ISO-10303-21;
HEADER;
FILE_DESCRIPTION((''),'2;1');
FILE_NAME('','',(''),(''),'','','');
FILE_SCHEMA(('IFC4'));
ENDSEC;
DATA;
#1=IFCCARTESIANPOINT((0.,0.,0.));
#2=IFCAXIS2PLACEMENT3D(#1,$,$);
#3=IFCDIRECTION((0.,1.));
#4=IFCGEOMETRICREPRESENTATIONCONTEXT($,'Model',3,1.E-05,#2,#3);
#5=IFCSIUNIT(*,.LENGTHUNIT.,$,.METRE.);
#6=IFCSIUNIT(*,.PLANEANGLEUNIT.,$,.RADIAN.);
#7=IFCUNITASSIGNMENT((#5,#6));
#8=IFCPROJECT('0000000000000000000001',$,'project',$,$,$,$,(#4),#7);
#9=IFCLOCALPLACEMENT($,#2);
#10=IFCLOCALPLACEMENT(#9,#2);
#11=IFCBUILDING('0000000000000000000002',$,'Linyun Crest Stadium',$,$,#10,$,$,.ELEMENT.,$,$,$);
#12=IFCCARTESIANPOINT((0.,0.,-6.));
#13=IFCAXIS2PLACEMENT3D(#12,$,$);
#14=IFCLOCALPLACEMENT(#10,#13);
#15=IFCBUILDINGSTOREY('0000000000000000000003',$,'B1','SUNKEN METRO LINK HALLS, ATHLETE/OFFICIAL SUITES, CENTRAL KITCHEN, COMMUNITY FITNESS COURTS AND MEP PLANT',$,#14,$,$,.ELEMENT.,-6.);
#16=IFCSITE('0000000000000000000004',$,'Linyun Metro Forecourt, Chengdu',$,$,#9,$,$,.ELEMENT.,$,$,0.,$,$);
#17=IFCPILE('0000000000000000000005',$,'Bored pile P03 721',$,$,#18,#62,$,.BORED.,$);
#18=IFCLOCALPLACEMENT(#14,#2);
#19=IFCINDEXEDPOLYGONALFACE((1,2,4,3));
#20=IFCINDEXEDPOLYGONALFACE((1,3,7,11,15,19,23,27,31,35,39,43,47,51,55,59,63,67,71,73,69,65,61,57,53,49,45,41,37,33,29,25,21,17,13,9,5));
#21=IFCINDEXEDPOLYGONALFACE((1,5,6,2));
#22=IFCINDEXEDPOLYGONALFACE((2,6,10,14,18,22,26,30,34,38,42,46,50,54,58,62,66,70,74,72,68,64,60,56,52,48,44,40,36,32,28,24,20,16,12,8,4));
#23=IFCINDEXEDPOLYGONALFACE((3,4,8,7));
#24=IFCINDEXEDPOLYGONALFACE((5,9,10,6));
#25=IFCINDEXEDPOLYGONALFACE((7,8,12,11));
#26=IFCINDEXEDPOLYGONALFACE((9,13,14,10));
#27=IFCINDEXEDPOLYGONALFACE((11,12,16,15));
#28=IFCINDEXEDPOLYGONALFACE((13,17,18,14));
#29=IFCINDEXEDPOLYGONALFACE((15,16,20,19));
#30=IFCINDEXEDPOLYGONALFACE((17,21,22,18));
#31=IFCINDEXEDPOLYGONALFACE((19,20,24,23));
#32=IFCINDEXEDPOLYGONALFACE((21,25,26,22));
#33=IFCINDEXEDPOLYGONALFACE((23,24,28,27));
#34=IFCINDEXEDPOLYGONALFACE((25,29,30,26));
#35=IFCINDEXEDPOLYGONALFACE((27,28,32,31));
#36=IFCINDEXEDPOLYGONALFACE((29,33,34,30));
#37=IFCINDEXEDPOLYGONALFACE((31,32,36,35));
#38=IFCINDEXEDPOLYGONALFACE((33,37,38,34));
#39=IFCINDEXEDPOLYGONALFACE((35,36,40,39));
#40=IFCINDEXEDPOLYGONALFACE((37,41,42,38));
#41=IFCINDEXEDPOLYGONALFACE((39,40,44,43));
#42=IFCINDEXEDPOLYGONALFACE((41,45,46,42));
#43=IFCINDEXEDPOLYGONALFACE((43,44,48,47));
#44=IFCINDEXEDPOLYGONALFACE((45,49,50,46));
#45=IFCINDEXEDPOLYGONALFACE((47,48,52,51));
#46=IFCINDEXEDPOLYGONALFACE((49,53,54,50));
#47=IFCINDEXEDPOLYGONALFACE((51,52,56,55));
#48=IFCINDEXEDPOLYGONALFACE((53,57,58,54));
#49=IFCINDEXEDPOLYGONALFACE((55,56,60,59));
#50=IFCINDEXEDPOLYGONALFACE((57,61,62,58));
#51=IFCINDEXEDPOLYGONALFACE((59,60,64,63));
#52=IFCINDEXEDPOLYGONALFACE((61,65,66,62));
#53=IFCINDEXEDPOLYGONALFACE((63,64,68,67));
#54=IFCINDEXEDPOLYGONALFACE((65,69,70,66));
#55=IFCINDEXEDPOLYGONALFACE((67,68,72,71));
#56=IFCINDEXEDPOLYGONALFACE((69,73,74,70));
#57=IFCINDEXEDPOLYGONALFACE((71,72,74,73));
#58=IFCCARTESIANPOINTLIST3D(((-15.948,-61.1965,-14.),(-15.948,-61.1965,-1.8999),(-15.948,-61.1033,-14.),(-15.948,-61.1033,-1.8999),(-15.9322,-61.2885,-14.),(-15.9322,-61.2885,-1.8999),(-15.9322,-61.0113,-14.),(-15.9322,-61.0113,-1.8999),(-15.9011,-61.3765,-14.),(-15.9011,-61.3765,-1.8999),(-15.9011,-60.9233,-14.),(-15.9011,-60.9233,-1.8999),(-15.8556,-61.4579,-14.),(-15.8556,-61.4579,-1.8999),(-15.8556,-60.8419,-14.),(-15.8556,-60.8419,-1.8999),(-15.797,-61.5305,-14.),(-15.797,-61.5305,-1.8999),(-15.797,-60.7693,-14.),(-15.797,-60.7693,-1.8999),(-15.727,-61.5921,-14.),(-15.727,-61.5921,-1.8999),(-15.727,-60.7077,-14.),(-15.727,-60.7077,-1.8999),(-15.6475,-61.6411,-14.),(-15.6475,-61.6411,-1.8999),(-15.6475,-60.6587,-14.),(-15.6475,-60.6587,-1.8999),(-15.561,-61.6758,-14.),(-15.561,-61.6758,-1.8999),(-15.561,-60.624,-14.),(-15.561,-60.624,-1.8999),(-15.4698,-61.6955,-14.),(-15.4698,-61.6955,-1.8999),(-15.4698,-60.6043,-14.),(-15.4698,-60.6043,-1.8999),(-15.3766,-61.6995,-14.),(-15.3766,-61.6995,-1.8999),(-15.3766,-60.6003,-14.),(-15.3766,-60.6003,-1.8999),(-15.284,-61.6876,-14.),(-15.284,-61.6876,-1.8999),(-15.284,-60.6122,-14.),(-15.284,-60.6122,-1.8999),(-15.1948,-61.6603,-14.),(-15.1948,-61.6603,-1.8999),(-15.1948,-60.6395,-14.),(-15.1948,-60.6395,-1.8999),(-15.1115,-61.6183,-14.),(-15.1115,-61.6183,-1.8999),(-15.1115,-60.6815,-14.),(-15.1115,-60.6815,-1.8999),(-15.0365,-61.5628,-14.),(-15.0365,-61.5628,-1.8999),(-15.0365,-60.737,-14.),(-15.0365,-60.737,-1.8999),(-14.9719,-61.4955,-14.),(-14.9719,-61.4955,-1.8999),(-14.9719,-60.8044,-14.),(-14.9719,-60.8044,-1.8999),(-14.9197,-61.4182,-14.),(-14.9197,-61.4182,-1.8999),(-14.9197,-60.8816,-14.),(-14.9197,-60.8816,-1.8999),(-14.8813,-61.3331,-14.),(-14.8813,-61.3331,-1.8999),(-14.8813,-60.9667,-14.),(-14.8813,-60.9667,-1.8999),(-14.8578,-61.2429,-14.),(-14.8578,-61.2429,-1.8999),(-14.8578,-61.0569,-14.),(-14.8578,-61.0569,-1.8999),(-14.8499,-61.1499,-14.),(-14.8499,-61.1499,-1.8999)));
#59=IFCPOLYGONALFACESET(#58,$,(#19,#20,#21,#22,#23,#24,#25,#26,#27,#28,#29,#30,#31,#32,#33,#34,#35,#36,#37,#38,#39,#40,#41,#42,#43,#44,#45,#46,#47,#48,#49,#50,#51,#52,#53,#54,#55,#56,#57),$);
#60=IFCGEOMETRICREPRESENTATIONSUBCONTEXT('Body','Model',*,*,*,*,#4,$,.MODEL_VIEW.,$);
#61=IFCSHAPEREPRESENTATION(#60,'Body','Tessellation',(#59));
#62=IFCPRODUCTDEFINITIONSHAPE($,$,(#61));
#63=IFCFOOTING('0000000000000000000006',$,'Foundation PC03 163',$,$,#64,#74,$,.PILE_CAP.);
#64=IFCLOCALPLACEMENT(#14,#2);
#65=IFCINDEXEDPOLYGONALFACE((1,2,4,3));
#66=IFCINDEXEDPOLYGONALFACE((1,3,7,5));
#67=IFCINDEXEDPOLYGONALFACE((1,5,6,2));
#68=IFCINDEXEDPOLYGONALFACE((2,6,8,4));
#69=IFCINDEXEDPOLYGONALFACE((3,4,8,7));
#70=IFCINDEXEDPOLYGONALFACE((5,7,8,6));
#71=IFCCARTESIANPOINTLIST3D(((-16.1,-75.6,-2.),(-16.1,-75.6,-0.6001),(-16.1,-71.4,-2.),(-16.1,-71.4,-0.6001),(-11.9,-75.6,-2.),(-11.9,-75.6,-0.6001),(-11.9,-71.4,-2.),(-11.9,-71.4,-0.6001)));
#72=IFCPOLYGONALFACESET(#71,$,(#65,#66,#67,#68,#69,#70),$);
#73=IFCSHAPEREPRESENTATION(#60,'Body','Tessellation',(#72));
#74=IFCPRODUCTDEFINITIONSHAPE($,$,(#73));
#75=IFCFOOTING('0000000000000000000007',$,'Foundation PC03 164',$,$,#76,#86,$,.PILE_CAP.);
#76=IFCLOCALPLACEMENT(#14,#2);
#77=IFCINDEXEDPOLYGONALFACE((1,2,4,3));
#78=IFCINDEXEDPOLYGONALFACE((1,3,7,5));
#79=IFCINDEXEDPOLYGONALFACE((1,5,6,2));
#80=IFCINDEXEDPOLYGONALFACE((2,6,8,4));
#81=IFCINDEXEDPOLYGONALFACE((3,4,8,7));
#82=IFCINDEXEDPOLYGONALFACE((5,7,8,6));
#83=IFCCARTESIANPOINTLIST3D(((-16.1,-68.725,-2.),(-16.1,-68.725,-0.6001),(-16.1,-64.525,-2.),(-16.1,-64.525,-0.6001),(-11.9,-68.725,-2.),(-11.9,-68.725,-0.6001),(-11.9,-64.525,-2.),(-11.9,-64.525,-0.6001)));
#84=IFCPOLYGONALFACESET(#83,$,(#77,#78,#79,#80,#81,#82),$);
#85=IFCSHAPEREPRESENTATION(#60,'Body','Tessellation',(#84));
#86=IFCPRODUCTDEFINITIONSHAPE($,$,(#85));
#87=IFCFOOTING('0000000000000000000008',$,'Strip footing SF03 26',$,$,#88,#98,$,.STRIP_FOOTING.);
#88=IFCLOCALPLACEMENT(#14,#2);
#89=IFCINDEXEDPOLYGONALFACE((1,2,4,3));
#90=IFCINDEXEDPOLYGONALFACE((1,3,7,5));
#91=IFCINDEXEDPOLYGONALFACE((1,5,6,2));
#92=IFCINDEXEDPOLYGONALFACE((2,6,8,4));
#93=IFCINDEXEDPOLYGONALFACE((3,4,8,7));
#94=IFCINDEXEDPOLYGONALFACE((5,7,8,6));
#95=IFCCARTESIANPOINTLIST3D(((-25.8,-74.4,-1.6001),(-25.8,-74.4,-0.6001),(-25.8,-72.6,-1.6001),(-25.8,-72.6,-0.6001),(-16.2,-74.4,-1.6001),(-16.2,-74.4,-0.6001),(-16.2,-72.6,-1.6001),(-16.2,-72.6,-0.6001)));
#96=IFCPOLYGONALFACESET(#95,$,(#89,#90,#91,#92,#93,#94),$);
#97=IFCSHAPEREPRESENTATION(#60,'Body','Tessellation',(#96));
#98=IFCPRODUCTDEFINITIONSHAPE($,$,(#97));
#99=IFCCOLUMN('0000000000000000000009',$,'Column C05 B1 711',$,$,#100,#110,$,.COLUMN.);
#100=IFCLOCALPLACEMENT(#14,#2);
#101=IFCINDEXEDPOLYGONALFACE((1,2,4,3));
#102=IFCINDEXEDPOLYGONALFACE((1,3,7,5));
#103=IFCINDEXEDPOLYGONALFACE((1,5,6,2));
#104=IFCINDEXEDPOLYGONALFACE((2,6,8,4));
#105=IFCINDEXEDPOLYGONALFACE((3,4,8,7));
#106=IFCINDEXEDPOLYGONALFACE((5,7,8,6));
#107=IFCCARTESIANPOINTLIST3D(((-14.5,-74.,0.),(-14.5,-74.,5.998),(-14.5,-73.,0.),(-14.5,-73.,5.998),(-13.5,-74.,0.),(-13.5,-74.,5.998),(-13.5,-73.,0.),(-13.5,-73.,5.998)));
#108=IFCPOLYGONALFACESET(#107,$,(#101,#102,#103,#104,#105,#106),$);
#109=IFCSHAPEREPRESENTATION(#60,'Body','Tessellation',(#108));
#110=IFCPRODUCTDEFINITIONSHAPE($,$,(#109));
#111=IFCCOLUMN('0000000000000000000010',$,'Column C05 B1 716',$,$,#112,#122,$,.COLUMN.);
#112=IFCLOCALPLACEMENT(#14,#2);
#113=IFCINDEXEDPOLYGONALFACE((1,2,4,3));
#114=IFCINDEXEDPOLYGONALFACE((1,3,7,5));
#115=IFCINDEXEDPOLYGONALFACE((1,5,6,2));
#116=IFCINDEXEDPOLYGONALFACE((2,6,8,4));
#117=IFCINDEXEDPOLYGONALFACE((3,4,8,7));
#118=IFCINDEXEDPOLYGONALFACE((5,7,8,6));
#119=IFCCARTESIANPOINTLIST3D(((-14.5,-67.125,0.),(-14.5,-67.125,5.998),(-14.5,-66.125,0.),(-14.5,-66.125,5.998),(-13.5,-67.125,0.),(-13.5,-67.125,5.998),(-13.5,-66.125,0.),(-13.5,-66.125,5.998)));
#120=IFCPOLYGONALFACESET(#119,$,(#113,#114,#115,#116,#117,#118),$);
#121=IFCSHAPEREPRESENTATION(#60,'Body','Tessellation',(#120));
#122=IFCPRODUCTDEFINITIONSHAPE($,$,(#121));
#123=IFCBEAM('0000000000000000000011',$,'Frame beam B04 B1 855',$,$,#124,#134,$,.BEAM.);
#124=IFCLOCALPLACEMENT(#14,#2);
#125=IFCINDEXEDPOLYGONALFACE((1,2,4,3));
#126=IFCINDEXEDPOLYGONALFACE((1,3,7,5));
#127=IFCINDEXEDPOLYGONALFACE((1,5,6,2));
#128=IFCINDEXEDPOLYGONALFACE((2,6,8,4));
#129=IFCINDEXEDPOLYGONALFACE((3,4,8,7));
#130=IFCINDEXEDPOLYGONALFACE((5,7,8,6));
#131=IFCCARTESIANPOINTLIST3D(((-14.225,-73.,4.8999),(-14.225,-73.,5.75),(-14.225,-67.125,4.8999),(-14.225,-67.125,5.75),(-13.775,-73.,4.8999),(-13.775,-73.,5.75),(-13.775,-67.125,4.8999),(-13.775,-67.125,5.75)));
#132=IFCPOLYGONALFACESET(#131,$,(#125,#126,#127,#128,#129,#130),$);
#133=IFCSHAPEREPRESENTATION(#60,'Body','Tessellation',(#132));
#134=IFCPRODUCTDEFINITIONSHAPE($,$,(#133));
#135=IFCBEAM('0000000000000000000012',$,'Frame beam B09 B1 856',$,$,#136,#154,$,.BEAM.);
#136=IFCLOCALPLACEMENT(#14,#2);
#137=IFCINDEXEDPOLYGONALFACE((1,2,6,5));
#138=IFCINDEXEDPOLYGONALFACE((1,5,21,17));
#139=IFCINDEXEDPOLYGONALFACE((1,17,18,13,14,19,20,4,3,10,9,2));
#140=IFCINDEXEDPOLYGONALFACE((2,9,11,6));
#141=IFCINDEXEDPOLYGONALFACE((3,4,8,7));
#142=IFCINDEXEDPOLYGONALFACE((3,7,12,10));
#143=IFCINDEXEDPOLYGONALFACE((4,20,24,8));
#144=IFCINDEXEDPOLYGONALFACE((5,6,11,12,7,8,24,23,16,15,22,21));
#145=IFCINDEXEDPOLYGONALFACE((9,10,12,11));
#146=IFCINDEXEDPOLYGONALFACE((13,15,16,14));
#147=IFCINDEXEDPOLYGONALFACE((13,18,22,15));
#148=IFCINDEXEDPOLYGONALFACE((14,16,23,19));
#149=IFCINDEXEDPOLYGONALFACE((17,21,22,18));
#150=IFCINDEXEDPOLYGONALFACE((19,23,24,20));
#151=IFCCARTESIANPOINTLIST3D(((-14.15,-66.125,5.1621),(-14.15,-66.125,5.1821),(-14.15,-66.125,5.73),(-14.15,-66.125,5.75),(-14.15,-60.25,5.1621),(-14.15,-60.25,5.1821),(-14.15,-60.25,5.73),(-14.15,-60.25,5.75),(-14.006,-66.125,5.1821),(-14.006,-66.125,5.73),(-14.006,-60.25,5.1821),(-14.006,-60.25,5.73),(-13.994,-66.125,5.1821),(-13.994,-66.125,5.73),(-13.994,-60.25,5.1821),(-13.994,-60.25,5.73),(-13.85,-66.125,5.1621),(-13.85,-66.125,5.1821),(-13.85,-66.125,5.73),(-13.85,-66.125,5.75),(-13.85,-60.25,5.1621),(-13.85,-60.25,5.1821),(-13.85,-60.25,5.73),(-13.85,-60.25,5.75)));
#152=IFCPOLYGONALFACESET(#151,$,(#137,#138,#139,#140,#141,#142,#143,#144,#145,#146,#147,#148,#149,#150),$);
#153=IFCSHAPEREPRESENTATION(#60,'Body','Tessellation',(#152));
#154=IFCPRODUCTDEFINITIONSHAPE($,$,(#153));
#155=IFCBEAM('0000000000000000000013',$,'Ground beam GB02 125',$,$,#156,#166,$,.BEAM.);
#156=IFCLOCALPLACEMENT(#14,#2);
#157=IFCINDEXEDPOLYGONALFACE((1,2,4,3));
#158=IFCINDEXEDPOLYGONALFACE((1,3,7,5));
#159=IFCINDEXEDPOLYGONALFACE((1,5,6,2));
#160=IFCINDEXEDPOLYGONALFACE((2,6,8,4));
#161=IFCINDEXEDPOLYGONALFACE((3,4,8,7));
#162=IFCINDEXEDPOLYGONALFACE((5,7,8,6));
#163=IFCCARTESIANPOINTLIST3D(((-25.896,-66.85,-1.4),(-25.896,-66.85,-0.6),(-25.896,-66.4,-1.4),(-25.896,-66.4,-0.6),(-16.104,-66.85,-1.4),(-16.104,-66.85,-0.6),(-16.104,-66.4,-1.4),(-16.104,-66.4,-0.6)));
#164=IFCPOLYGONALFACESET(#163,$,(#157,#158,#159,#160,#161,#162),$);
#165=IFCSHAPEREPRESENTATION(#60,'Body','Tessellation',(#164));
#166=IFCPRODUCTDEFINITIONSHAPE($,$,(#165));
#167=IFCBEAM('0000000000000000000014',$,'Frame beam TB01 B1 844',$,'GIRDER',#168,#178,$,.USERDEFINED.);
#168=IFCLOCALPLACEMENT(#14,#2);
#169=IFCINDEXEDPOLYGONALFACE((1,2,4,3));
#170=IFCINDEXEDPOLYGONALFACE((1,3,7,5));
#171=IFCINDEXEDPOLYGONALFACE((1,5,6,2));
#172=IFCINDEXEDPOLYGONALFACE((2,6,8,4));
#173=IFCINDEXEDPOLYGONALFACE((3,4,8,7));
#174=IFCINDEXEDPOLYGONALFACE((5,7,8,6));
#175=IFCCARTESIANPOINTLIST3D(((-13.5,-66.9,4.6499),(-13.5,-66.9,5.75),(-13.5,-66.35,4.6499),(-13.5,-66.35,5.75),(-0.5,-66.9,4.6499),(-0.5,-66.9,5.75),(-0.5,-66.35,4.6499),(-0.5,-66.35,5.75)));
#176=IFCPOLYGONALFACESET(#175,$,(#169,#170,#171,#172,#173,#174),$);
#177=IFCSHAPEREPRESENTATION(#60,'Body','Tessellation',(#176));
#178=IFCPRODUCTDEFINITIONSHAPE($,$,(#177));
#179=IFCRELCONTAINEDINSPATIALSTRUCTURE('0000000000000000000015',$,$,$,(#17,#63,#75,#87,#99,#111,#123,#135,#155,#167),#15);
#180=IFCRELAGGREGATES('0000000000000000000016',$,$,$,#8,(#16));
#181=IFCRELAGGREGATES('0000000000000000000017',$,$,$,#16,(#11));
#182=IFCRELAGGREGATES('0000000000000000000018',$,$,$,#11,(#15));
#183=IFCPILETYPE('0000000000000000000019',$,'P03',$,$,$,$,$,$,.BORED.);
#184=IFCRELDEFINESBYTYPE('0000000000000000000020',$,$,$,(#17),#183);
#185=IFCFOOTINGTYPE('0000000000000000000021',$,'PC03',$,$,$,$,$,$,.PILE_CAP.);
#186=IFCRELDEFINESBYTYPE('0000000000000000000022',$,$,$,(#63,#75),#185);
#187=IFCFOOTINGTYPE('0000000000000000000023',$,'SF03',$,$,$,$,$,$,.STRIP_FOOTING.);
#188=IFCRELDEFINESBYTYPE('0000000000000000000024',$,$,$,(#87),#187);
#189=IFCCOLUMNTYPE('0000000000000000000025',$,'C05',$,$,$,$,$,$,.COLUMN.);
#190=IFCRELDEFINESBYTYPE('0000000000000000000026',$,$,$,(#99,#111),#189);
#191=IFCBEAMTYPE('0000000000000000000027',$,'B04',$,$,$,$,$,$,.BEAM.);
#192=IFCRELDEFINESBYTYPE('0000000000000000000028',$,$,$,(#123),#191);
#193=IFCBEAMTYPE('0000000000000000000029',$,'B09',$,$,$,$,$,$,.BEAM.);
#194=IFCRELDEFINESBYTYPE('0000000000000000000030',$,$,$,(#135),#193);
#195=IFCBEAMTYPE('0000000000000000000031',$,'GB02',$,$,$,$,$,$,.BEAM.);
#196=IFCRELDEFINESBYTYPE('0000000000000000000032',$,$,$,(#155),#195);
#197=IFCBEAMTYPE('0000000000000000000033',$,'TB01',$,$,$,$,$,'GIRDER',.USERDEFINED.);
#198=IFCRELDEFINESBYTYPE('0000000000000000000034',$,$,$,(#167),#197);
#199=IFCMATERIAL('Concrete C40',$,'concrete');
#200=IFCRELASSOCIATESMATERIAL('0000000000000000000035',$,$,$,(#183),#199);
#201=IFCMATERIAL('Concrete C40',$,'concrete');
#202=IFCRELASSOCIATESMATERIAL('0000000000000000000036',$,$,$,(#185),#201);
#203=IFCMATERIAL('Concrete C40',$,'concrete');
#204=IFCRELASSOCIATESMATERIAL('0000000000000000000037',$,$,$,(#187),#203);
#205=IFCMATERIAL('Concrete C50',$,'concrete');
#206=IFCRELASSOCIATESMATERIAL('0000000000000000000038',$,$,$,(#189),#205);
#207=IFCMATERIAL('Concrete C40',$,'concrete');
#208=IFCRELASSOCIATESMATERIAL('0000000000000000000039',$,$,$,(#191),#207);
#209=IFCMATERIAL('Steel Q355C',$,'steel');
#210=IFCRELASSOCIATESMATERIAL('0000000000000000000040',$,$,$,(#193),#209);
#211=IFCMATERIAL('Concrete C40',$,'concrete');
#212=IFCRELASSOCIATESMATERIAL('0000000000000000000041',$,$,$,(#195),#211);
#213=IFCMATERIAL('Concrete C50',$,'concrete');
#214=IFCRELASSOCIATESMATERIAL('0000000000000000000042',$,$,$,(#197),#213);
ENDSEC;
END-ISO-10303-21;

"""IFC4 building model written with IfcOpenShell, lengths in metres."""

from ifc_helpers import new_model, si_unit, direction, frame, origin, origin_2d, place, context, subcontext, project, spatial, rectangle, circle, i_section, extrude, material, material_profile, profile_set, type_object, element, save


model = new_model("IFC4")

# Units and contexts
model_context = context("Model", 3, precision=1e-05, world=origin(), true_north=direction((0.0, 1.0)))
body_context = subcontext(model_context, "Body", "Model", "MODEL_VIEW")
ifc_project = project(units=[si_unit("LENGTHUNIT", "METRE"), si_unit("PLANEANGLEUNIT", "RADIAN")], contexts=[model_context])

# Site, building, storey
site_placement = place(None, origin())
site = spatial("IfcSite", under=ifc_project, at=site_placement, Name="Linyun Metro Forecourt, Chengdu", CompositionType="ELEMENT", RefElevation=0.0)
building_placement = place(site_placement, origin())
building = spatial("IfcBuilding", under=site, at=building_placement, Name="Linyun Crest Stadium", CompositionType="ELEMENT")
storey_placement = place(building_placement, frame((0.0, 0.0, -6.0)))
storey = spatial("IfcBuildingStorey", under=building, at=storey_placement, Name="B1", Description="SUNKEN METRO LINK HALLS, ATHLETE/OFFICIAL SUITES, CENTRAL KITCHEN, COMMUNITY FITNESS COURTS AND MEP PLANT", CompositionType="ELEMENT", Elevation=-6.0)

# Pile
ifc_material_1 = material(Name="Concrete C40", Category="concrete")
ifc_material_profile_1 = material_profile(ifc_material_1, circle(Radius=0.55, at=origin_2d()), Name="BORED PILE 1100")
ifc_profile_set_1 = profile_set([ifc_material_profile_1], Name="Concrete C40")
pile_type_1 = type_object("IfcPileType", Name="P03", PredefinedType="BORED", material=ifc_profile_set_1)
for number, where, z_axis, x_axis, name in (
    (1, (-15.3999, -61.1499, -1.8999), (0.0, 0.0, -1.0), (1.0, 0.0, 0.0), "Bored pile P03 721"),
):
    element("IfcPile", number, at=place(storey_placement, frame(where, z_axis=z_axis, x_axis=x_axis)), inside=storey, type_object=pile_type_1, Name=name, PredefinedType="BORED", context=body_context, shape_type="SweptSolid", body=[
        extrude(circle(Radius=0.55, at=origin_2d()), origin(), (0.0, 0.0, 1.0), 12.1001),
    ])

# Footings
ifc_material_2 = material(Name="Concrete C40", Category="concrete")
footing_type_1 = type_object("IfcFootingType", Name="PC03", PredefinedType="PILE_CAP", material=ifc_material_2)
for number, where, z_axis, x_axis, name in (
    (2, (-14.0, -73.5, -2.0), (0.0, 0.0, 1.0), (1.0, 0.0, 0.0), "Foundation PC03 163"),
    (3, (-14.0, -66.625, -2.0), (0.0, 0.0, 1.0), (1.0, 0.0, 0.0), "Foundation PC03 164"),
):
    element("IfcFooting", number, at=place(storey_placement, frame(where, z_axis=z_axis, x_axis=x_axis)), inside=storey, type_object=footing_type_1, Name=name, PredefinedType="PILE_CAP", context=body_context, shape_type="SweptSolid", body=[
        extrude(rectangle(XDim=4.2, YDim=4.2, at=origin_2d()), origin(), (0.0, 0.0, 1.0), 1.3999),
    ])
ifc_material_3 = material(Name="Concrete C40", Category="concrete")
footing_type_2 = type_object("IfcFootingType", Name="SF03", PredefinedType="STRIP_FOOTING", material=ifc_material_3)
footing_placement = place(storey_placement, frame((-21.0, -73.5, -1.6001), z_axis=(0.0, 0.0, 1.0), x_axis=(1.0, 0.0, 0.0)))
element("IfcFooting", 4, at=footing_placement, inside=storey, type_object=footing_type_2, Name="Strip footing SF03 26", PredefinedType="STRIP_FOOTING", context=body_context, shape_type="SweptSolid", body=[
    extrude(rectangle(XDim=9.6001, YDim=1.8, at=origin_2d()), origin(), (0.0, 0.0, 1.0), 1.0),
])

# Columns
ifc_material_4 = material(Name="Concrete C50", Category="concrete")
ifc_material_profile_2 = material_profile(ifc_material_4, rectangle(XDim=1.0, YDim=1.0, at=origin_2d()), Name="RC 1000x1000")
ifc_profile_set_2 = profile_set([ifc_material_profile_2], Name="Concrete C50")
column_type = type_object("IfcColumnType", Name="C05", PredefinedType="COLUMN", material=ifc_profile_set_2)
for number, where, z_axis, x_axis, name in (
    (5, (-14.0, -73.5, 0.0), (0.0, 0.0, 1.0), (1.0, 0.0, 0.0), "Column C05 B1 711"),
    (6, (-14.0, -66.625, 0.0), (0.0, 0.0, 1.0), (1.0, 0.0, 0.0), "Column C05 B1 716"),
):
    element("IfcColumn", number, at=place(storey_placement, frame(where, z_axis=z_axis, x_axis=x_axis)), inside=storey, type_object=column_type, Name=name, PredefinedType="COLUMN", context=body_context, shape_type="SweptSolid", body=[
        extrude(rectangle(XDim=1.0, YDim=1.0, at=origin_2d()), origin(), (0.0, 0.0, 1.0), 5.998),
    ])

# Beams
ifc_material_5 = material(Name="Concrete C40", Category="concrete")
ifc_material_profile_3 = material_profile(ifc_material_5, rectangle(XDim=0.45, YDim=0.8501, at=origin_2d()), Name="RCB 850x450")
ifc_profile_set_3 = profile_set([ifc_material_profile_3], Name="Concrete C40")
beam_type_1 = type_object("IfcBeamType", Name="B04", PredefinedType="BEAM", material=ifc_profile_set_3)
beam_1_placement = place(storey_placement, frame((-14.0, -73.0, 5.325), z_axis=(0.0, 1.0, 0.0), x_axis=(-1.0, 0.0, 0.0)))
element("IfcBeam", 7, at=beam_1_placement, inside=storey, type_object=beam_type_1, Name="Frame beam B04 B1 855", PredefinedType="BEAM", context=body_context, shape_type="SweptSolid", body=[
    extrude(rectangle(XDim=0.45, YDim=0.8501, at=origin_2d()), origin(), (0.0, 0.0, 1.0), 5.875),
])
ifc_material_6 = material(Name="Steel Q355C", Category="steel")
ifc_material_profile_4 = material_profile(ifc_material_6, i_section(OverallWidth=0.3, OverallDepth=0.5879, WebThickness=0.012, FlangeThickness=0.02, at=origin_2d()), Name="HM 588x300")
ifc_profile_set_4 = profile_set([ifc_material_profile_4], Name="Steel Q355C")
beam_type_2 = type_object("IfcBeamType", Name="B09", PredefinedType="BEAM", material=ifc_profile_set_4)
beam_2_placement = place(storey_placement, frame((-14.0, -66.125, 5.4561), z_axis=(0.0, 1.0, 0.0), x_axis=(-1.0, 0.0, 0.0)))
element("IfcBeam", 8, at=beam_2_placement, inside=storey, type_object=beam_type_2, Name="Frame beam B09 B1 856", PredefinedType="BEAM", context=body_context, shape_type="SweptSolid", body=[
    extrude(i_section(OverallWidth=0.3, OverallDepth=0.5879, WebThickness=0.012, FlangeThickness=0.02, at=origin_2d()), origin(), (0.0, 0.0, 1.0), 5.875),
])
ifc_material_7 = material(Name="Concrete C40", Category="concrete")
ifc_material_profile_5 = material_profile(ifc_material_7, rectangle(XDim=0.45, YDim=0.8, at=origin_2d()), Name="RCB 800x450")
ifc_profile_set_5 = profile_set([ifc_material_profile_5], Name="Concrete C40")
beam_type_3 = type_object("IfcBeamType", Name="GB02", PredefinedType="BEAM", material=ifc_profile_set_5)
beam_3_placement = place(storey_placement, frame((-25.896, -66.625, -1.0), z_axis=(1.0, 0.0, 0.0), x_axis=(0.0, 1.0, 0.0)))
element("IfcBeam", 9, at=beam_3_placement, inside=storey, type_object=beam_type_3, Name="Ground beam GB02 125", PredefinedType="BEAM", context=body_context, shape_type="SweptSolid", body=[
    extrude(rectangle(XDim=0.45, YDim=0.8, at=origin_2d()), origin(), (0.0, 0.0, 1.0), 9.792),
])
ifc_material_8 = material(Name="Concrete C50", Category="concrete")
ifc_material_profile_6 = material_profile(ifc_material_8, rectangle(XDim=0.55, YDim=1.1001, at=origin_2d()), Name="RCB 1100x550")
ifc_profile_set_6 = profile_set([ifc_material_profile_6], Name="Concrete C50")
beam_type_4 = type_object("IfcBeamType", Name="TB01", ElementType="GIRDER", PredefinedType="USERDEFINED", material=ifc_profile_set_6)
beam_4_placement = place(storey_placement, frame((-13.5, -66.625, 5.2), z_axis=(1.0, 0.0, 0.0), x_axis=(0.0, 1.0, 0.0)))
element("IfcBeam", 10, at=beam_4_placement, inside=storey, type_object=beam_type_4, Name="Frame beam TB01 B1 844", ObjectType="GIRDER", PredefinedType="USERDEFINED", context=body_context, shape_type="SweptSolid", body=[
    extrude(rectangle(XDim=0.55, YDim=1.1001, at=origin_2d()), origin(), (0.0, 0.0, 1.0), 13.0),
])

save(model, "model.ifc")
